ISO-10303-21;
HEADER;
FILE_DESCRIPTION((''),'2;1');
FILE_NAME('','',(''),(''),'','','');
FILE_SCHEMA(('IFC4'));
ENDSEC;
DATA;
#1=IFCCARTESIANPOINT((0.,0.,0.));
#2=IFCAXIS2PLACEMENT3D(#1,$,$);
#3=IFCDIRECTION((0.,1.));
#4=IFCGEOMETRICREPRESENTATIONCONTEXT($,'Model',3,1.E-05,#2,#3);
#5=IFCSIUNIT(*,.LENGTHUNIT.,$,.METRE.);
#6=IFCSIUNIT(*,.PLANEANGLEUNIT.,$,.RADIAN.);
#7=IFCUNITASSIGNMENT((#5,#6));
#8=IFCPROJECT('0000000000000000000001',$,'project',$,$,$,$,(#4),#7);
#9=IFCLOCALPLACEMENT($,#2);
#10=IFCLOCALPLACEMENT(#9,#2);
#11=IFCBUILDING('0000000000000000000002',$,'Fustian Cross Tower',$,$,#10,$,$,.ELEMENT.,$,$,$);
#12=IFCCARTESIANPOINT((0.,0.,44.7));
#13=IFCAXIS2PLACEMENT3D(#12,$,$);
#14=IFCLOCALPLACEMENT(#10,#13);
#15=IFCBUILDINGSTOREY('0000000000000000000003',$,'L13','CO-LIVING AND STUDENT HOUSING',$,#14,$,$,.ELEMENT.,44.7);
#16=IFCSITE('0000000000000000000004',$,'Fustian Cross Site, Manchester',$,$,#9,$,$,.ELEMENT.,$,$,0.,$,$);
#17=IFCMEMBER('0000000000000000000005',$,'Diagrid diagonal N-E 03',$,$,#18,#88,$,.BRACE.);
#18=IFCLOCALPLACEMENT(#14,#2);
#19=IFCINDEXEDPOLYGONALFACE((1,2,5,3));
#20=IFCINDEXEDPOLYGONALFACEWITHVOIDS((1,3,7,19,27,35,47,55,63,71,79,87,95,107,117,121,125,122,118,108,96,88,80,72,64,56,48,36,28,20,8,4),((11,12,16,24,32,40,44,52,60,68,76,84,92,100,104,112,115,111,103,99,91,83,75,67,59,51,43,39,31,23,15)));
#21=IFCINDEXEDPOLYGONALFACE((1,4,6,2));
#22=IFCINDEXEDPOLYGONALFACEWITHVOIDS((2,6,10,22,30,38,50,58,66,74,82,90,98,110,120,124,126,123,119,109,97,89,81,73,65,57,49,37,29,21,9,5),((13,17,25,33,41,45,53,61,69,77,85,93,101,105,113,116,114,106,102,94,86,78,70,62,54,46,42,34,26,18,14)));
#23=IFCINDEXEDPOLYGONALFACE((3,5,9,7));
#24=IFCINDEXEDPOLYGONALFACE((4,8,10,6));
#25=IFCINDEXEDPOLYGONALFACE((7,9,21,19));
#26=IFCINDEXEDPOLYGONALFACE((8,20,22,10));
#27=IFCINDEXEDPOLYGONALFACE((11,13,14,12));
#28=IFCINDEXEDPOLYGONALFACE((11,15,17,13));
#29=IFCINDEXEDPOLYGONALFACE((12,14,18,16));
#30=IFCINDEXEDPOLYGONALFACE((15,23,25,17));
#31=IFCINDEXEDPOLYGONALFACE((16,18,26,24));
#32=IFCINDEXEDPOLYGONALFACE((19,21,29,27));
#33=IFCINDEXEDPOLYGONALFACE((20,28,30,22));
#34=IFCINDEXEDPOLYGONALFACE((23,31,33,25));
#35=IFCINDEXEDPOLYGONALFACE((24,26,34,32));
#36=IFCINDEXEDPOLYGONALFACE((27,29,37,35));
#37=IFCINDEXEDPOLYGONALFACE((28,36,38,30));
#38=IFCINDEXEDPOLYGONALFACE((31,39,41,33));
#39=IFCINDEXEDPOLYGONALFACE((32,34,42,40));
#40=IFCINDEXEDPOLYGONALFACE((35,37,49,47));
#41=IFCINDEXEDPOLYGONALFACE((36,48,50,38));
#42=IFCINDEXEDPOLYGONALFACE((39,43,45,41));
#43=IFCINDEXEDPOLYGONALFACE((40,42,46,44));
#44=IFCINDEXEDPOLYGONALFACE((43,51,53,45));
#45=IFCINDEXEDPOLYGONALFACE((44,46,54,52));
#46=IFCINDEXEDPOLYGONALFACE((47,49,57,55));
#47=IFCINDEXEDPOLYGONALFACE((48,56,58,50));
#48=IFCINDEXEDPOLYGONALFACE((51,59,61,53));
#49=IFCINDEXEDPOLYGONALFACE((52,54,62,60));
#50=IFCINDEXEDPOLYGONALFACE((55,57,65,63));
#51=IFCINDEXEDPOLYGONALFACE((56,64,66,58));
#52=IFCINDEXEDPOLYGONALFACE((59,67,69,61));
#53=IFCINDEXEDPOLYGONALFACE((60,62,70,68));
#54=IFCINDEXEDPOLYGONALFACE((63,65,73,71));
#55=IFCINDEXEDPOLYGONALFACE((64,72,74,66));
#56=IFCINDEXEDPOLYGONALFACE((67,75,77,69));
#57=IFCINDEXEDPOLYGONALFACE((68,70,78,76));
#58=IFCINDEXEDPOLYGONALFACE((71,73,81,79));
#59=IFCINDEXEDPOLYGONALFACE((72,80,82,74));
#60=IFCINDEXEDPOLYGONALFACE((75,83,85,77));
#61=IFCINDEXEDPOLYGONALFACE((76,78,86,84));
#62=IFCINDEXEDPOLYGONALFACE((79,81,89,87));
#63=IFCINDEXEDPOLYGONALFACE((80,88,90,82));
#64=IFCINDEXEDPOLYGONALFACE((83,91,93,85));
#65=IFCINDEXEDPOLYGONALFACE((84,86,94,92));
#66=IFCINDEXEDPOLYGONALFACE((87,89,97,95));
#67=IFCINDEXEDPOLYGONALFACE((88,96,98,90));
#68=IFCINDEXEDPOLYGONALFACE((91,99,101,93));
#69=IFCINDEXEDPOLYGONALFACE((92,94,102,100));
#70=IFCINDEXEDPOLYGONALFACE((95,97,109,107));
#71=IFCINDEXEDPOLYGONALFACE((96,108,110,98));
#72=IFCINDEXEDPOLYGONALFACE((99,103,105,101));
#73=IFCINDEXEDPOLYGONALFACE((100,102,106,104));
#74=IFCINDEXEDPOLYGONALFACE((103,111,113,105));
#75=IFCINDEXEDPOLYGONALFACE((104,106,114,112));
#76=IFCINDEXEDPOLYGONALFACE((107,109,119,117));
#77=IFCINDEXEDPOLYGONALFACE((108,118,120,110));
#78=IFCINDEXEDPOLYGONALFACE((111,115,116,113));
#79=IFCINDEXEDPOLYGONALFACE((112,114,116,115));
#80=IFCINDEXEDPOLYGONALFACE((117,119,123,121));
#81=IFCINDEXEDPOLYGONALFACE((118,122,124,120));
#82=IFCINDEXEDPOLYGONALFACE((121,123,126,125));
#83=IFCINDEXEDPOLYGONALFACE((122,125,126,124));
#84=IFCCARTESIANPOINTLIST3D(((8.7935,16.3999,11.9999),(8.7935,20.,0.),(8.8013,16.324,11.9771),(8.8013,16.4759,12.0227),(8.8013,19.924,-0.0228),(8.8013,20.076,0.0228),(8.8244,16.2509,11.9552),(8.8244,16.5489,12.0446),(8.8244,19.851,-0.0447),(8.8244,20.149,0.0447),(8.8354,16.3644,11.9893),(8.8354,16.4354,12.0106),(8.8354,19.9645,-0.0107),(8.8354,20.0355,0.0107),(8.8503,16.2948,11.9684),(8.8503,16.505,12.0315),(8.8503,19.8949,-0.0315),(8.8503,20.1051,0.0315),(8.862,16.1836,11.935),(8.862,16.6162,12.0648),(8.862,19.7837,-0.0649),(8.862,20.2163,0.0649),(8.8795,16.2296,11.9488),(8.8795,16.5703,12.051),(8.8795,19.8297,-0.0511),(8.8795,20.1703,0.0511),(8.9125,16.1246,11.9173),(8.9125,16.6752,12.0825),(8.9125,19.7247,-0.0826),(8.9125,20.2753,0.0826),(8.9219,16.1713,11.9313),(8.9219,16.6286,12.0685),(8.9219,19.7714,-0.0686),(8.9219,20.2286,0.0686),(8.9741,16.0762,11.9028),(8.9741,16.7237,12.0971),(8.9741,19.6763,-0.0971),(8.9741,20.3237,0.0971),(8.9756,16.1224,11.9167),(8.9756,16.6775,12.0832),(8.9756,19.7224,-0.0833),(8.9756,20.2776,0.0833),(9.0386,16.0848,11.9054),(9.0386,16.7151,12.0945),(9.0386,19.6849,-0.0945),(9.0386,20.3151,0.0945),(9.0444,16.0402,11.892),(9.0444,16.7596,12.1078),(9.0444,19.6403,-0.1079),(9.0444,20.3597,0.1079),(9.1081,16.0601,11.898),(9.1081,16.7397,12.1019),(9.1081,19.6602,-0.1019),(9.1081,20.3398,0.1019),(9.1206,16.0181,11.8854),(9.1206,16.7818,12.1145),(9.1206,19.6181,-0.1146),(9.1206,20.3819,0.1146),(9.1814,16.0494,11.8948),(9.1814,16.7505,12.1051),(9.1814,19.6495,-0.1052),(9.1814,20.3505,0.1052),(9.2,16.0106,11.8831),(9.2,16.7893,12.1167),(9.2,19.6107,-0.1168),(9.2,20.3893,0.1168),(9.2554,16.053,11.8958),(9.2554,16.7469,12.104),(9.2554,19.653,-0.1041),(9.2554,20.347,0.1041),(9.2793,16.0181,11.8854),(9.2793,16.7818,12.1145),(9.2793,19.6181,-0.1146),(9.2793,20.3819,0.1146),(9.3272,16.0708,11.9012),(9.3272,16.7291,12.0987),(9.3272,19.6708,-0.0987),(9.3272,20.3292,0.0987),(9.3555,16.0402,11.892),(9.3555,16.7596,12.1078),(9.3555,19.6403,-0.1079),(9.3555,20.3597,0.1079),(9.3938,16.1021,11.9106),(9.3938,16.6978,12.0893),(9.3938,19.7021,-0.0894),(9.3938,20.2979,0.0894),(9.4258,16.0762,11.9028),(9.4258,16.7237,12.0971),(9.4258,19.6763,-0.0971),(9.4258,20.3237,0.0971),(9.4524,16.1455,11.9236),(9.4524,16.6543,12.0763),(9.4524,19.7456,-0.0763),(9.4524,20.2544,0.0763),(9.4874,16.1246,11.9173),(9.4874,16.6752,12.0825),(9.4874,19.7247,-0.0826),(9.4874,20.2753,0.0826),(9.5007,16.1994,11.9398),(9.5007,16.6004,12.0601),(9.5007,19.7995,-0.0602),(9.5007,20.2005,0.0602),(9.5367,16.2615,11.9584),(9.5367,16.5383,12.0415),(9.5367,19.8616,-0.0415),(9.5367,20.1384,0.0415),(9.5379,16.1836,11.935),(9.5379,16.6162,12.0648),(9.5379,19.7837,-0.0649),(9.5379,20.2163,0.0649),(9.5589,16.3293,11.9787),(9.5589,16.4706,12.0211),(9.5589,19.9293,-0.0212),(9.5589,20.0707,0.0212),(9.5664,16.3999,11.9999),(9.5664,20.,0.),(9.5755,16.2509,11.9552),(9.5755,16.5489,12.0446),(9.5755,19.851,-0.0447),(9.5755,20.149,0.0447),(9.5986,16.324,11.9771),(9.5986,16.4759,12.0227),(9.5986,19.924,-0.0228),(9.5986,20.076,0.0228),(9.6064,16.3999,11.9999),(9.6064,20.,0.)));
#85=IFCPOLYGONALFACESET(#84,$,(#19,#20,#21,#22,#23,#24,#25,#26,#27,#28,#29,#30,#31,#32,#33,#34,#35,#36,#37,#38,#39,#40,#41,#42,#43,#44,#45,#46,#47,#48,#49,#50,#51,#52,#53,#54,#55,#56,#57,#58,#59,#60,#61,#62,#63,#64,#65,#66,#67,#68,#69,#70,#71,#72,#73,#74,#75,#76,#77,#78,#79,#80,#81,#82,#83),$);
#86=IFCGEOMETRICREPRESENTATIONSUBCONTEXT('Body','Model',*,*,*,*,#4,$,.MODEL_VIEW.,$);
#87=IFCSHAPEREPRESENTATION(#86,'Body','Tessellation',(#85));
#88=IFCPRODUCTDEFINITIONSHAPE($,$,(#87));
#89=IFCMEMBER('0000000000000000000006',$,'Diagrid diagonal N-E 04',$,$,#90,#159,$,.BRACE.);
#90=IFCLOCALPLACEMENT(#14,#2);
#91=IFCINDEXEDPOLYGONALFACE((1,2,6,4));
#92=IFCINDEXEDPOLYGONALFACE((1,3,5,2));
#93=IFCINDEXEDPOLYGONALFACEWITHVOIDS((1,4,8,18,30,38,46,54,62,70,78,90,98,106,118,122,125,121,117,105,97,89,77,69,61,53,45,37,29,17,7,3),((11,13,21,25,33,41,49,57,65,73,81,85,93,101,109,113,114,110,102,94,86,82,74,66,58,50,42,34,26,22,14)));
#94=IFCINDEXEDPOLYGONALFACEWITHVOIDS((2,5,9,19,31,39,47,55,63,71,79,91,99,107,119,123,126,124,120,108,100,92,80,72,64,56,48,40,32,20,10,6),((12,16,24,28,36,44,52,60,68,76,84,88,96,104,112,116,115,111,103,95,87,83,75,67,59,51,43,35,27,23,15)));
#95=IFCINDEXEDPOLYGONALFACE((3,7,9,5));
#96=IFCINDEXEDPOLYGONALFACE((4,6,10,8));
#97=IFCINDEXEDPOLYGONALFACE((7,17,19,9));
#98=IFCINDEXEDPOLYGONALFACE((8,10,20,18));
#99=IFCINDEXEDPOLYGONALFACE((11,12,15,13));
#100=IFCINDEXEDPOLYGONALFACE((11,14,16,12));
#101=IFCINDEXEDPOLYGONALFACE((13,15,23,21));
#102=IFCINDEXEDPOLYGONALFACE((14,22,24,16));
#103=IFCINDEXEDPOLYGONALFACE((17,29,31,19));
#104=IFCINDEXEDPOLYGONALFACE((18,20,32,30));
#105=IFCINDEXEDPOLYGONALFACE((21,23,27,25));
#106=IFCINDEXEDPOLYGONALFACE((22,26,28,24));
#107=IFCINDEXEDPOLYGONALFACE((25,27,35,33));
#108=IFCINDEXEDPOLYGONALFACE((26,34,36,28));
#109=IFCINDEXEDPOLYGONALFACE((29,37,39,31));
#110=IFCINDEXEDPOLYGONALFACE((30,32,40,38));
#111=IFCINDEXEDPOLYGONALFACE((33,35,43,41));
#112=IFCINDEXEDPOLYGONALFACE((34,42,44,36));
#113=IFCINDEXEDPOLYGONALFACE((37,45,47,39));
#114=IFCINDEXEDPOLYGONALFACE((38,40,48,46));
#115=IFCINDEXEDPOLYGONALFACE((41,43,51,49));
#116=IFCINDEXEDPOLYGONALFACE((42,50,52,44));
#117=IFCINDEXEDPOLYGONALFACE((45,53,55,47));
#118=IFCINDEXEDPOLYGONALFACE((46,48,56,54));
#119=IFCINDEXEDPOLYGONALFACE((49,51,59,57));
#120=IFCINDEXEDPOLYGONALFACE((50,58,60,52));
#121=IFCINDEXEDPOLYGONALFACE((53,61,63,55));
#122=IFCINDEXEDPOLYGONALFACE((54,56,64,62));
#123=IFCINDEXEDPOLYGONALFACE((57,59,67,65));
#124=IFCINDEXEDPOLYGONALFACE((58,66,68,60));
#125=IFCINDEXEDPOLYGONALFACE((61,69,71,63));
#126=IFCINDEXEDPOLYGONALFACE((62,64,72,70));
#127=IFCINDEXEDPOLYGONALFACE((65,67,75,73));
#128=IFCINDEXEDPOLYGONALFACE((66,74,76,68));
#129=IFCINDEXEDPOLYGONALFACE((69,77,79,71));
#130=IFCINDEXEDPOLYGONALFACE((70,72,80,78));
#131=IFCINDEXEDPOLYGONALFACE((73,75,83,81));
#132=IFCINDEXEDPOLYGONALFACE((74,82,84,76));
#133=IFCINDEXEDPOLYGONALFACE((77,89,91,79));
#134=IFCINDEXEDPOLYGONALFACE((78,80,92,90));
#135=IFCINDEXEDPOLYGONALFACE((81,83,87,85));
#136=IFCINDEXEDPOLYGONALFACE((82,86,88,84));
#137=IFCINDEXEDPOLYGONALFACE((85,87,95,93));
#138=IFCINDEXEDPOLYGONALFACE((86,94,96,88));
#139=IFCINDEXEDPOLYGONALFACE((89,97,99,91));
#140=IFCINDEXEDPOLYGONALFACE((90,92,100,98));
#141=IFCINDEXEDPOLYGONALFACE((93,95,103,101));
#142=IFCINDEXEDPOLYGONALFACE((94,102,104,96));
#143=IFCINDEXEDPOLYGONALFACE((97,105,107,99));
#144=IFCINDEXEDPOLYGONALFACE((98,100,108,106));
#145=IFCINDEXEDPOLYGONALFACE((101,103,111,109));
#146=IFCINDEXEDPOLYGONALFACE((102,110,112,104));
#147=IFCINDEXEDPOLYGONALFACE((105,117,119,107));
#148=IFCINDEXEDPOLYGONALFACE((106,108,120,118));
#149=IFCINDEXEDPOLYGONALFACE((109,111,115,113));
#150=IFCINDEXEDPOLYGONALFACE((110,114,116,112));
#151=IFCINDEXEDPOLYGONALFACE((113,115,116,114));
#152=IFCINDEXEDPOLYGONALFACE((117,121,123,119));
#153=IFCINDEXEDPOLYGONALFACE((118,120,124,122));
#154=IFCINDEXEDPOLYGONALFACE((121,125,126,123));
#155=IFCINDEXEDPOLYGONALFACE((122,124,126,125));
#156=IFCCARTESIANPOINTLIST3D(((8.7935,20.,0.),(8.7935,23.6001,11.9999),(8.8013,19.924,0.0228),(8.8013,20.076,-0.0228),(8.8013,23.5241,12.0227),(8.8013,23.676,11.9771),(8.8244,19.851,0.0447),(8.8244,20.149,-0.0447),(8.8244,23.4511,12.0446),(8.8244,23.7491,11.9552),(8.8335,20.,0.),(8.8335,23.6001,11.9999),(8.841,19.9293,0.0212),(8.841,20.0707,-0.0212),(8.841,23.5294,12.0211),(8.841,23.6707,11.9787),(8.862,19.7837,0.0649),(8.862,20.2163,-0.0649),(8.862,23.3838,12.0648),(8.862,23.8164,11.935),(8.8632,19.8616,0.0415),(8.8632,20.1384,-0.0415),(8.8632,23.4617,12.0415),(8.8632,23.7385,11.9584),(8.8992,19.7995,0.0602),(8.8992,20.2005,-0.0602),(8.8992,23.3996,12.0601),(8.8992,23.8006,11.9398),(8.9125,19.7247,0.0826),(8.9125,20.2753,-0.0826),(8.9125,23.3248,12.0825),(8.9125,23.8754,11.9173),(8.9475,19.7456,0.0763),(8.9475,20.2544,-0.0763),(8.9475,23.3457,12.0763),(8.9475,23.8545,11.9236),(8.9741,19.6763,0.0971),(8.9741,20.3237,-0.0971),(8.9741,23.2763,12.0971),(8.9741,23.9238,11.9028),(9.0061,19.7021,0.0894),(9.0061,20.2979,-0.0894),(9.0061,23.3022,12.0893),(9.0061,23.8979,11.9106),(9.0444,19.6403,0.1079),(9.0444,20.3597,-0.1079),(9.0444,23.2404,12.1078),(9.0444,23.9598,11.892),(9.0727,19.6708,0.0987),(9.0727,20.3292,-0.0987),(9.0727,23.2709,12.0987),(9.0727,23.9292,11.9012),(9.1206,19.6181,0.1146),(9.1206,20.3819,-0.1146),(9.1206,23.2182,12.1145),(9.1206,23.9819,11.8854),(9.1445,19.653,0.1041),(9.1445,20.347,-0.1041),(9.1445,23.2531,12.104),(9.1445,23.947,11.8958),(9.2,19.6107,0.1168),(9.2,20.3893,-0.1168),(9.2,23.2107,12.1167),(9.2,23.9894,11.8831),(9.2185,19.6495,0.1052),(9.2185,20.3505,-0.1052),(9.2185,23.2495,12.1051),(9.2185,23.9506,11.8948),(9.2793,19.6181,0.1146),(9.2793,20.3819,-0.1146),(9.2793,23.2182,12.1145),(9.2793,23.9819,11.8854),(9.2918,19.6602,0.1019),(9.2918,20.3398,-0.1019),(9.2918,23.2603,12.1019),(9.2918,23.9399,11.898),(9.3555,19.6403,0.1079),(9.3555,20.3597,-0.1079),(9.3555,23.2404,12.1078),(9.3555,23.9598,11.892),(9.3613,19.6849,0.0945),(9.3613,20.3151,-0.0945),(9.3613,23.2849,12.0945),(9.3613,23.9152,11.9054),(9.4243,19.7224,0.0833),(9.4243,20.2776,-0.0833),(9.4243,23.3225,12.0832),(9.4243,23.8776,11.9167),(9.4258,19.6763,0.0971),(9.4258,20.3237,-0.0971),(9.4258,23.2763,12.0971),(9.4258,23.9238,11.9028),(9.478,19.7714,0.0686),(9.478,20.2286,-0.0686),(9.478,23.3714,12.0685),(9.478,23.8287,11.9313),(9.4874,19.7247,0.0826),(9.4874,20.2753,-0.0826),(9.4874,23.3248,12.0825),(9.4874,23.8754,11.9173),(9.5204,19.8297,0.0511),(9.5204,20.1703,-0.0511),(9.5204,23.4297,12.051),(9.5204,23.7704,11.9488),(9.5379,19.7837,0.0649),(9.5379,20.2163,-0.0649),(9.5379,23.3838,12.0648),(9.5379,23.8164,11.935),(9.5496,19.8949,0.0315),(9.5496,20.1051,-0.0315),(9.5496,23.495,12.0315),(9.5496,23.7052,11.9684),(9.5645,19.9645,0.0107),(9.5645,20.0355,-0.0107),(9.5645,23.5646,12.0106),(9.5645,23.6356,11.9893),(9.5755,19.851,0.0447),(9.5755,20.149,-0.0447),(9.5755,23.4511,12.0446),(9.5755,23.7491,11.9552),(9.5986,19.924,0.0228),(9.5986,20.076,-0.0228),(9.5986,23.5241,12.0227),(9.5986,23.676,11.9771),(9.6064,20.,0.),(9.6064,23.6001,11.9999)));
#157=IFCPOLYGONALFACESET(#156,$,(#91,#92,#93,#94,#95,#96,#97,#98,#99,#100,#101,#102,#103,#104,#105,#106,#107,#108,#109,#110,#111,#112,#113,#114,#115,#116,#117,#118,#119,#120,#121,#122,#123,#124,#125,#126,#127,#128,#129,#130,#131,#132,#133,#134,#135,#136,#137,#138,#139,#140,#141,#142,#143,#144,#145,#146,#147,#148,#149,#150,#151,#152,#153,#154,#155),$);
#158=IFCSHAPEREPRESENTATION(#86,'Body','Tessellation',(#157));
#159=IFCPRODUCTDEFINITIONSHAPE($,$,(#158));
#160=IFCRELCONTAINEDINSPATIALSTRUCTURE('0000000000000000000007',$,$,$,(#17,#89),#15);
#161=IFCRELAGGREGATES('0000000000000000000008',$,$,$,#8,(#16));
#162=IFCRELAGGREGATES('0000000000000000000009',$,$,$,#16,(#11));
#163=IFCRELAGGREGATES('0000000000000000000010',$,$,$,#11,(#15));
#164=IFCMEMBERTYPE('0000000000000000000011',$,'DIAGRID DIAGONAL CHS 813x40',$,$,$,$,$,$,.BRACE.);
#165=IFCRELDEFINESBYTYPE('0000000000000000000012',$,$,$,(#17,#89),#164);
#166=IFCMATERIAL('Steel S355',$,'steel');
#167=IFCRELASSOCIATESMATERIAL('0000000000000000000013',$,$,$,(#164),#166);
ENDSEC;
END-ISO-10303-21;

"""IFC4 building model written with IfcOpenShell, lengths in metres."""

from ifc_helpers import new_model, si_unit, direction, frame, origin, origin_2d, place, context, subcontext, project, spatial, hollow_circle, extrude, material, material_profile, profile_set, type_object, element, save


model = new_model("IFC4")

# Units and contexts
model_context = context("Model", 3, precision=1e-05, world=origin(), true_north=direction((0.0, 1.0)))
body_context = subcontext(model_context, "Body", "Model", "MODEL_VIEW")
ifc_project = project(units=[si_unit("LENGTHUNIT", "METRE"), si_unit("PLANEANGLEUNIT", "RADIAN")], contexts=[model_context])

# Site, building, storey
site_placement = place(None, origin())
site = spatial("IfcSite", under=ifc_project, at=site_placement, Name="Fustian Cross Site, Manchester", CompositionType="ELEMENT", RefElevation=0.0)
building_placement = place(site_placement, origin())
building = spatial("IfcBuilding", under=site, at=building_placement, Name="Fustian Cross Tower", CompositionType="ELEMENT")
storey_placement = place(building_placement, frame((0.0, 0.0, 44.7)))
storey = spatial("IfcBuildingStorey", under=building, at=storey_placement, Name="L13", Description="CO-LIVING AND STUDENT HOUSING", CompositionType="ELEMENT", Elevation=44.7)

# Members
ifc_material_1 = material(Name="Steel S355", Category="steel")
ifc_material_profile_1 = material_profile(ifc_material_1, hollow_circle(Radius=0.4065, WallThickness=0.04, at=origin_2d()), Name="CHS 813x40")
ifc_profile_set_1 = profile_set([ifc_material_profile_1], Name="Steel S355")
member_type_1 = type_object("IfcMemberType", Name="DIAGRID DIAGONAL CHS 813x40", PredefinedType="BRACE", material=ifc_profile_set_1)
for number, where, z_axis, x_axis, name in (
    (1, (9.2, 20.0, 0.0), (0.0, -0.287355, 0.957824), (1.0, 0.0, 0.0), "Diagrid diagonal N-E 03"),
    (2, (9.2, 20.0, 0.0), (0.0, 0.287355, 0.957824), (-1.0, 0.0, 0.0), "Diagrid diagonal N-E 04"),
):
    element("IfcMember", number, at=place(storey_placement, frame(where, z_axis=z_axis, x_axis=x_axis)), inside=storey, type_object=member_type_1, Name=name, PredefinedType="BRACE", context=body_context, shape_type="SweptSolid", body=[
        extrude(hollow_circle(Radius=0.4065, WallThickness=0.04, at=origin_2d()), origin(), (0.0, 0.0, 1.0), 12.5283),
    ])

save(model, "model.ifc")
